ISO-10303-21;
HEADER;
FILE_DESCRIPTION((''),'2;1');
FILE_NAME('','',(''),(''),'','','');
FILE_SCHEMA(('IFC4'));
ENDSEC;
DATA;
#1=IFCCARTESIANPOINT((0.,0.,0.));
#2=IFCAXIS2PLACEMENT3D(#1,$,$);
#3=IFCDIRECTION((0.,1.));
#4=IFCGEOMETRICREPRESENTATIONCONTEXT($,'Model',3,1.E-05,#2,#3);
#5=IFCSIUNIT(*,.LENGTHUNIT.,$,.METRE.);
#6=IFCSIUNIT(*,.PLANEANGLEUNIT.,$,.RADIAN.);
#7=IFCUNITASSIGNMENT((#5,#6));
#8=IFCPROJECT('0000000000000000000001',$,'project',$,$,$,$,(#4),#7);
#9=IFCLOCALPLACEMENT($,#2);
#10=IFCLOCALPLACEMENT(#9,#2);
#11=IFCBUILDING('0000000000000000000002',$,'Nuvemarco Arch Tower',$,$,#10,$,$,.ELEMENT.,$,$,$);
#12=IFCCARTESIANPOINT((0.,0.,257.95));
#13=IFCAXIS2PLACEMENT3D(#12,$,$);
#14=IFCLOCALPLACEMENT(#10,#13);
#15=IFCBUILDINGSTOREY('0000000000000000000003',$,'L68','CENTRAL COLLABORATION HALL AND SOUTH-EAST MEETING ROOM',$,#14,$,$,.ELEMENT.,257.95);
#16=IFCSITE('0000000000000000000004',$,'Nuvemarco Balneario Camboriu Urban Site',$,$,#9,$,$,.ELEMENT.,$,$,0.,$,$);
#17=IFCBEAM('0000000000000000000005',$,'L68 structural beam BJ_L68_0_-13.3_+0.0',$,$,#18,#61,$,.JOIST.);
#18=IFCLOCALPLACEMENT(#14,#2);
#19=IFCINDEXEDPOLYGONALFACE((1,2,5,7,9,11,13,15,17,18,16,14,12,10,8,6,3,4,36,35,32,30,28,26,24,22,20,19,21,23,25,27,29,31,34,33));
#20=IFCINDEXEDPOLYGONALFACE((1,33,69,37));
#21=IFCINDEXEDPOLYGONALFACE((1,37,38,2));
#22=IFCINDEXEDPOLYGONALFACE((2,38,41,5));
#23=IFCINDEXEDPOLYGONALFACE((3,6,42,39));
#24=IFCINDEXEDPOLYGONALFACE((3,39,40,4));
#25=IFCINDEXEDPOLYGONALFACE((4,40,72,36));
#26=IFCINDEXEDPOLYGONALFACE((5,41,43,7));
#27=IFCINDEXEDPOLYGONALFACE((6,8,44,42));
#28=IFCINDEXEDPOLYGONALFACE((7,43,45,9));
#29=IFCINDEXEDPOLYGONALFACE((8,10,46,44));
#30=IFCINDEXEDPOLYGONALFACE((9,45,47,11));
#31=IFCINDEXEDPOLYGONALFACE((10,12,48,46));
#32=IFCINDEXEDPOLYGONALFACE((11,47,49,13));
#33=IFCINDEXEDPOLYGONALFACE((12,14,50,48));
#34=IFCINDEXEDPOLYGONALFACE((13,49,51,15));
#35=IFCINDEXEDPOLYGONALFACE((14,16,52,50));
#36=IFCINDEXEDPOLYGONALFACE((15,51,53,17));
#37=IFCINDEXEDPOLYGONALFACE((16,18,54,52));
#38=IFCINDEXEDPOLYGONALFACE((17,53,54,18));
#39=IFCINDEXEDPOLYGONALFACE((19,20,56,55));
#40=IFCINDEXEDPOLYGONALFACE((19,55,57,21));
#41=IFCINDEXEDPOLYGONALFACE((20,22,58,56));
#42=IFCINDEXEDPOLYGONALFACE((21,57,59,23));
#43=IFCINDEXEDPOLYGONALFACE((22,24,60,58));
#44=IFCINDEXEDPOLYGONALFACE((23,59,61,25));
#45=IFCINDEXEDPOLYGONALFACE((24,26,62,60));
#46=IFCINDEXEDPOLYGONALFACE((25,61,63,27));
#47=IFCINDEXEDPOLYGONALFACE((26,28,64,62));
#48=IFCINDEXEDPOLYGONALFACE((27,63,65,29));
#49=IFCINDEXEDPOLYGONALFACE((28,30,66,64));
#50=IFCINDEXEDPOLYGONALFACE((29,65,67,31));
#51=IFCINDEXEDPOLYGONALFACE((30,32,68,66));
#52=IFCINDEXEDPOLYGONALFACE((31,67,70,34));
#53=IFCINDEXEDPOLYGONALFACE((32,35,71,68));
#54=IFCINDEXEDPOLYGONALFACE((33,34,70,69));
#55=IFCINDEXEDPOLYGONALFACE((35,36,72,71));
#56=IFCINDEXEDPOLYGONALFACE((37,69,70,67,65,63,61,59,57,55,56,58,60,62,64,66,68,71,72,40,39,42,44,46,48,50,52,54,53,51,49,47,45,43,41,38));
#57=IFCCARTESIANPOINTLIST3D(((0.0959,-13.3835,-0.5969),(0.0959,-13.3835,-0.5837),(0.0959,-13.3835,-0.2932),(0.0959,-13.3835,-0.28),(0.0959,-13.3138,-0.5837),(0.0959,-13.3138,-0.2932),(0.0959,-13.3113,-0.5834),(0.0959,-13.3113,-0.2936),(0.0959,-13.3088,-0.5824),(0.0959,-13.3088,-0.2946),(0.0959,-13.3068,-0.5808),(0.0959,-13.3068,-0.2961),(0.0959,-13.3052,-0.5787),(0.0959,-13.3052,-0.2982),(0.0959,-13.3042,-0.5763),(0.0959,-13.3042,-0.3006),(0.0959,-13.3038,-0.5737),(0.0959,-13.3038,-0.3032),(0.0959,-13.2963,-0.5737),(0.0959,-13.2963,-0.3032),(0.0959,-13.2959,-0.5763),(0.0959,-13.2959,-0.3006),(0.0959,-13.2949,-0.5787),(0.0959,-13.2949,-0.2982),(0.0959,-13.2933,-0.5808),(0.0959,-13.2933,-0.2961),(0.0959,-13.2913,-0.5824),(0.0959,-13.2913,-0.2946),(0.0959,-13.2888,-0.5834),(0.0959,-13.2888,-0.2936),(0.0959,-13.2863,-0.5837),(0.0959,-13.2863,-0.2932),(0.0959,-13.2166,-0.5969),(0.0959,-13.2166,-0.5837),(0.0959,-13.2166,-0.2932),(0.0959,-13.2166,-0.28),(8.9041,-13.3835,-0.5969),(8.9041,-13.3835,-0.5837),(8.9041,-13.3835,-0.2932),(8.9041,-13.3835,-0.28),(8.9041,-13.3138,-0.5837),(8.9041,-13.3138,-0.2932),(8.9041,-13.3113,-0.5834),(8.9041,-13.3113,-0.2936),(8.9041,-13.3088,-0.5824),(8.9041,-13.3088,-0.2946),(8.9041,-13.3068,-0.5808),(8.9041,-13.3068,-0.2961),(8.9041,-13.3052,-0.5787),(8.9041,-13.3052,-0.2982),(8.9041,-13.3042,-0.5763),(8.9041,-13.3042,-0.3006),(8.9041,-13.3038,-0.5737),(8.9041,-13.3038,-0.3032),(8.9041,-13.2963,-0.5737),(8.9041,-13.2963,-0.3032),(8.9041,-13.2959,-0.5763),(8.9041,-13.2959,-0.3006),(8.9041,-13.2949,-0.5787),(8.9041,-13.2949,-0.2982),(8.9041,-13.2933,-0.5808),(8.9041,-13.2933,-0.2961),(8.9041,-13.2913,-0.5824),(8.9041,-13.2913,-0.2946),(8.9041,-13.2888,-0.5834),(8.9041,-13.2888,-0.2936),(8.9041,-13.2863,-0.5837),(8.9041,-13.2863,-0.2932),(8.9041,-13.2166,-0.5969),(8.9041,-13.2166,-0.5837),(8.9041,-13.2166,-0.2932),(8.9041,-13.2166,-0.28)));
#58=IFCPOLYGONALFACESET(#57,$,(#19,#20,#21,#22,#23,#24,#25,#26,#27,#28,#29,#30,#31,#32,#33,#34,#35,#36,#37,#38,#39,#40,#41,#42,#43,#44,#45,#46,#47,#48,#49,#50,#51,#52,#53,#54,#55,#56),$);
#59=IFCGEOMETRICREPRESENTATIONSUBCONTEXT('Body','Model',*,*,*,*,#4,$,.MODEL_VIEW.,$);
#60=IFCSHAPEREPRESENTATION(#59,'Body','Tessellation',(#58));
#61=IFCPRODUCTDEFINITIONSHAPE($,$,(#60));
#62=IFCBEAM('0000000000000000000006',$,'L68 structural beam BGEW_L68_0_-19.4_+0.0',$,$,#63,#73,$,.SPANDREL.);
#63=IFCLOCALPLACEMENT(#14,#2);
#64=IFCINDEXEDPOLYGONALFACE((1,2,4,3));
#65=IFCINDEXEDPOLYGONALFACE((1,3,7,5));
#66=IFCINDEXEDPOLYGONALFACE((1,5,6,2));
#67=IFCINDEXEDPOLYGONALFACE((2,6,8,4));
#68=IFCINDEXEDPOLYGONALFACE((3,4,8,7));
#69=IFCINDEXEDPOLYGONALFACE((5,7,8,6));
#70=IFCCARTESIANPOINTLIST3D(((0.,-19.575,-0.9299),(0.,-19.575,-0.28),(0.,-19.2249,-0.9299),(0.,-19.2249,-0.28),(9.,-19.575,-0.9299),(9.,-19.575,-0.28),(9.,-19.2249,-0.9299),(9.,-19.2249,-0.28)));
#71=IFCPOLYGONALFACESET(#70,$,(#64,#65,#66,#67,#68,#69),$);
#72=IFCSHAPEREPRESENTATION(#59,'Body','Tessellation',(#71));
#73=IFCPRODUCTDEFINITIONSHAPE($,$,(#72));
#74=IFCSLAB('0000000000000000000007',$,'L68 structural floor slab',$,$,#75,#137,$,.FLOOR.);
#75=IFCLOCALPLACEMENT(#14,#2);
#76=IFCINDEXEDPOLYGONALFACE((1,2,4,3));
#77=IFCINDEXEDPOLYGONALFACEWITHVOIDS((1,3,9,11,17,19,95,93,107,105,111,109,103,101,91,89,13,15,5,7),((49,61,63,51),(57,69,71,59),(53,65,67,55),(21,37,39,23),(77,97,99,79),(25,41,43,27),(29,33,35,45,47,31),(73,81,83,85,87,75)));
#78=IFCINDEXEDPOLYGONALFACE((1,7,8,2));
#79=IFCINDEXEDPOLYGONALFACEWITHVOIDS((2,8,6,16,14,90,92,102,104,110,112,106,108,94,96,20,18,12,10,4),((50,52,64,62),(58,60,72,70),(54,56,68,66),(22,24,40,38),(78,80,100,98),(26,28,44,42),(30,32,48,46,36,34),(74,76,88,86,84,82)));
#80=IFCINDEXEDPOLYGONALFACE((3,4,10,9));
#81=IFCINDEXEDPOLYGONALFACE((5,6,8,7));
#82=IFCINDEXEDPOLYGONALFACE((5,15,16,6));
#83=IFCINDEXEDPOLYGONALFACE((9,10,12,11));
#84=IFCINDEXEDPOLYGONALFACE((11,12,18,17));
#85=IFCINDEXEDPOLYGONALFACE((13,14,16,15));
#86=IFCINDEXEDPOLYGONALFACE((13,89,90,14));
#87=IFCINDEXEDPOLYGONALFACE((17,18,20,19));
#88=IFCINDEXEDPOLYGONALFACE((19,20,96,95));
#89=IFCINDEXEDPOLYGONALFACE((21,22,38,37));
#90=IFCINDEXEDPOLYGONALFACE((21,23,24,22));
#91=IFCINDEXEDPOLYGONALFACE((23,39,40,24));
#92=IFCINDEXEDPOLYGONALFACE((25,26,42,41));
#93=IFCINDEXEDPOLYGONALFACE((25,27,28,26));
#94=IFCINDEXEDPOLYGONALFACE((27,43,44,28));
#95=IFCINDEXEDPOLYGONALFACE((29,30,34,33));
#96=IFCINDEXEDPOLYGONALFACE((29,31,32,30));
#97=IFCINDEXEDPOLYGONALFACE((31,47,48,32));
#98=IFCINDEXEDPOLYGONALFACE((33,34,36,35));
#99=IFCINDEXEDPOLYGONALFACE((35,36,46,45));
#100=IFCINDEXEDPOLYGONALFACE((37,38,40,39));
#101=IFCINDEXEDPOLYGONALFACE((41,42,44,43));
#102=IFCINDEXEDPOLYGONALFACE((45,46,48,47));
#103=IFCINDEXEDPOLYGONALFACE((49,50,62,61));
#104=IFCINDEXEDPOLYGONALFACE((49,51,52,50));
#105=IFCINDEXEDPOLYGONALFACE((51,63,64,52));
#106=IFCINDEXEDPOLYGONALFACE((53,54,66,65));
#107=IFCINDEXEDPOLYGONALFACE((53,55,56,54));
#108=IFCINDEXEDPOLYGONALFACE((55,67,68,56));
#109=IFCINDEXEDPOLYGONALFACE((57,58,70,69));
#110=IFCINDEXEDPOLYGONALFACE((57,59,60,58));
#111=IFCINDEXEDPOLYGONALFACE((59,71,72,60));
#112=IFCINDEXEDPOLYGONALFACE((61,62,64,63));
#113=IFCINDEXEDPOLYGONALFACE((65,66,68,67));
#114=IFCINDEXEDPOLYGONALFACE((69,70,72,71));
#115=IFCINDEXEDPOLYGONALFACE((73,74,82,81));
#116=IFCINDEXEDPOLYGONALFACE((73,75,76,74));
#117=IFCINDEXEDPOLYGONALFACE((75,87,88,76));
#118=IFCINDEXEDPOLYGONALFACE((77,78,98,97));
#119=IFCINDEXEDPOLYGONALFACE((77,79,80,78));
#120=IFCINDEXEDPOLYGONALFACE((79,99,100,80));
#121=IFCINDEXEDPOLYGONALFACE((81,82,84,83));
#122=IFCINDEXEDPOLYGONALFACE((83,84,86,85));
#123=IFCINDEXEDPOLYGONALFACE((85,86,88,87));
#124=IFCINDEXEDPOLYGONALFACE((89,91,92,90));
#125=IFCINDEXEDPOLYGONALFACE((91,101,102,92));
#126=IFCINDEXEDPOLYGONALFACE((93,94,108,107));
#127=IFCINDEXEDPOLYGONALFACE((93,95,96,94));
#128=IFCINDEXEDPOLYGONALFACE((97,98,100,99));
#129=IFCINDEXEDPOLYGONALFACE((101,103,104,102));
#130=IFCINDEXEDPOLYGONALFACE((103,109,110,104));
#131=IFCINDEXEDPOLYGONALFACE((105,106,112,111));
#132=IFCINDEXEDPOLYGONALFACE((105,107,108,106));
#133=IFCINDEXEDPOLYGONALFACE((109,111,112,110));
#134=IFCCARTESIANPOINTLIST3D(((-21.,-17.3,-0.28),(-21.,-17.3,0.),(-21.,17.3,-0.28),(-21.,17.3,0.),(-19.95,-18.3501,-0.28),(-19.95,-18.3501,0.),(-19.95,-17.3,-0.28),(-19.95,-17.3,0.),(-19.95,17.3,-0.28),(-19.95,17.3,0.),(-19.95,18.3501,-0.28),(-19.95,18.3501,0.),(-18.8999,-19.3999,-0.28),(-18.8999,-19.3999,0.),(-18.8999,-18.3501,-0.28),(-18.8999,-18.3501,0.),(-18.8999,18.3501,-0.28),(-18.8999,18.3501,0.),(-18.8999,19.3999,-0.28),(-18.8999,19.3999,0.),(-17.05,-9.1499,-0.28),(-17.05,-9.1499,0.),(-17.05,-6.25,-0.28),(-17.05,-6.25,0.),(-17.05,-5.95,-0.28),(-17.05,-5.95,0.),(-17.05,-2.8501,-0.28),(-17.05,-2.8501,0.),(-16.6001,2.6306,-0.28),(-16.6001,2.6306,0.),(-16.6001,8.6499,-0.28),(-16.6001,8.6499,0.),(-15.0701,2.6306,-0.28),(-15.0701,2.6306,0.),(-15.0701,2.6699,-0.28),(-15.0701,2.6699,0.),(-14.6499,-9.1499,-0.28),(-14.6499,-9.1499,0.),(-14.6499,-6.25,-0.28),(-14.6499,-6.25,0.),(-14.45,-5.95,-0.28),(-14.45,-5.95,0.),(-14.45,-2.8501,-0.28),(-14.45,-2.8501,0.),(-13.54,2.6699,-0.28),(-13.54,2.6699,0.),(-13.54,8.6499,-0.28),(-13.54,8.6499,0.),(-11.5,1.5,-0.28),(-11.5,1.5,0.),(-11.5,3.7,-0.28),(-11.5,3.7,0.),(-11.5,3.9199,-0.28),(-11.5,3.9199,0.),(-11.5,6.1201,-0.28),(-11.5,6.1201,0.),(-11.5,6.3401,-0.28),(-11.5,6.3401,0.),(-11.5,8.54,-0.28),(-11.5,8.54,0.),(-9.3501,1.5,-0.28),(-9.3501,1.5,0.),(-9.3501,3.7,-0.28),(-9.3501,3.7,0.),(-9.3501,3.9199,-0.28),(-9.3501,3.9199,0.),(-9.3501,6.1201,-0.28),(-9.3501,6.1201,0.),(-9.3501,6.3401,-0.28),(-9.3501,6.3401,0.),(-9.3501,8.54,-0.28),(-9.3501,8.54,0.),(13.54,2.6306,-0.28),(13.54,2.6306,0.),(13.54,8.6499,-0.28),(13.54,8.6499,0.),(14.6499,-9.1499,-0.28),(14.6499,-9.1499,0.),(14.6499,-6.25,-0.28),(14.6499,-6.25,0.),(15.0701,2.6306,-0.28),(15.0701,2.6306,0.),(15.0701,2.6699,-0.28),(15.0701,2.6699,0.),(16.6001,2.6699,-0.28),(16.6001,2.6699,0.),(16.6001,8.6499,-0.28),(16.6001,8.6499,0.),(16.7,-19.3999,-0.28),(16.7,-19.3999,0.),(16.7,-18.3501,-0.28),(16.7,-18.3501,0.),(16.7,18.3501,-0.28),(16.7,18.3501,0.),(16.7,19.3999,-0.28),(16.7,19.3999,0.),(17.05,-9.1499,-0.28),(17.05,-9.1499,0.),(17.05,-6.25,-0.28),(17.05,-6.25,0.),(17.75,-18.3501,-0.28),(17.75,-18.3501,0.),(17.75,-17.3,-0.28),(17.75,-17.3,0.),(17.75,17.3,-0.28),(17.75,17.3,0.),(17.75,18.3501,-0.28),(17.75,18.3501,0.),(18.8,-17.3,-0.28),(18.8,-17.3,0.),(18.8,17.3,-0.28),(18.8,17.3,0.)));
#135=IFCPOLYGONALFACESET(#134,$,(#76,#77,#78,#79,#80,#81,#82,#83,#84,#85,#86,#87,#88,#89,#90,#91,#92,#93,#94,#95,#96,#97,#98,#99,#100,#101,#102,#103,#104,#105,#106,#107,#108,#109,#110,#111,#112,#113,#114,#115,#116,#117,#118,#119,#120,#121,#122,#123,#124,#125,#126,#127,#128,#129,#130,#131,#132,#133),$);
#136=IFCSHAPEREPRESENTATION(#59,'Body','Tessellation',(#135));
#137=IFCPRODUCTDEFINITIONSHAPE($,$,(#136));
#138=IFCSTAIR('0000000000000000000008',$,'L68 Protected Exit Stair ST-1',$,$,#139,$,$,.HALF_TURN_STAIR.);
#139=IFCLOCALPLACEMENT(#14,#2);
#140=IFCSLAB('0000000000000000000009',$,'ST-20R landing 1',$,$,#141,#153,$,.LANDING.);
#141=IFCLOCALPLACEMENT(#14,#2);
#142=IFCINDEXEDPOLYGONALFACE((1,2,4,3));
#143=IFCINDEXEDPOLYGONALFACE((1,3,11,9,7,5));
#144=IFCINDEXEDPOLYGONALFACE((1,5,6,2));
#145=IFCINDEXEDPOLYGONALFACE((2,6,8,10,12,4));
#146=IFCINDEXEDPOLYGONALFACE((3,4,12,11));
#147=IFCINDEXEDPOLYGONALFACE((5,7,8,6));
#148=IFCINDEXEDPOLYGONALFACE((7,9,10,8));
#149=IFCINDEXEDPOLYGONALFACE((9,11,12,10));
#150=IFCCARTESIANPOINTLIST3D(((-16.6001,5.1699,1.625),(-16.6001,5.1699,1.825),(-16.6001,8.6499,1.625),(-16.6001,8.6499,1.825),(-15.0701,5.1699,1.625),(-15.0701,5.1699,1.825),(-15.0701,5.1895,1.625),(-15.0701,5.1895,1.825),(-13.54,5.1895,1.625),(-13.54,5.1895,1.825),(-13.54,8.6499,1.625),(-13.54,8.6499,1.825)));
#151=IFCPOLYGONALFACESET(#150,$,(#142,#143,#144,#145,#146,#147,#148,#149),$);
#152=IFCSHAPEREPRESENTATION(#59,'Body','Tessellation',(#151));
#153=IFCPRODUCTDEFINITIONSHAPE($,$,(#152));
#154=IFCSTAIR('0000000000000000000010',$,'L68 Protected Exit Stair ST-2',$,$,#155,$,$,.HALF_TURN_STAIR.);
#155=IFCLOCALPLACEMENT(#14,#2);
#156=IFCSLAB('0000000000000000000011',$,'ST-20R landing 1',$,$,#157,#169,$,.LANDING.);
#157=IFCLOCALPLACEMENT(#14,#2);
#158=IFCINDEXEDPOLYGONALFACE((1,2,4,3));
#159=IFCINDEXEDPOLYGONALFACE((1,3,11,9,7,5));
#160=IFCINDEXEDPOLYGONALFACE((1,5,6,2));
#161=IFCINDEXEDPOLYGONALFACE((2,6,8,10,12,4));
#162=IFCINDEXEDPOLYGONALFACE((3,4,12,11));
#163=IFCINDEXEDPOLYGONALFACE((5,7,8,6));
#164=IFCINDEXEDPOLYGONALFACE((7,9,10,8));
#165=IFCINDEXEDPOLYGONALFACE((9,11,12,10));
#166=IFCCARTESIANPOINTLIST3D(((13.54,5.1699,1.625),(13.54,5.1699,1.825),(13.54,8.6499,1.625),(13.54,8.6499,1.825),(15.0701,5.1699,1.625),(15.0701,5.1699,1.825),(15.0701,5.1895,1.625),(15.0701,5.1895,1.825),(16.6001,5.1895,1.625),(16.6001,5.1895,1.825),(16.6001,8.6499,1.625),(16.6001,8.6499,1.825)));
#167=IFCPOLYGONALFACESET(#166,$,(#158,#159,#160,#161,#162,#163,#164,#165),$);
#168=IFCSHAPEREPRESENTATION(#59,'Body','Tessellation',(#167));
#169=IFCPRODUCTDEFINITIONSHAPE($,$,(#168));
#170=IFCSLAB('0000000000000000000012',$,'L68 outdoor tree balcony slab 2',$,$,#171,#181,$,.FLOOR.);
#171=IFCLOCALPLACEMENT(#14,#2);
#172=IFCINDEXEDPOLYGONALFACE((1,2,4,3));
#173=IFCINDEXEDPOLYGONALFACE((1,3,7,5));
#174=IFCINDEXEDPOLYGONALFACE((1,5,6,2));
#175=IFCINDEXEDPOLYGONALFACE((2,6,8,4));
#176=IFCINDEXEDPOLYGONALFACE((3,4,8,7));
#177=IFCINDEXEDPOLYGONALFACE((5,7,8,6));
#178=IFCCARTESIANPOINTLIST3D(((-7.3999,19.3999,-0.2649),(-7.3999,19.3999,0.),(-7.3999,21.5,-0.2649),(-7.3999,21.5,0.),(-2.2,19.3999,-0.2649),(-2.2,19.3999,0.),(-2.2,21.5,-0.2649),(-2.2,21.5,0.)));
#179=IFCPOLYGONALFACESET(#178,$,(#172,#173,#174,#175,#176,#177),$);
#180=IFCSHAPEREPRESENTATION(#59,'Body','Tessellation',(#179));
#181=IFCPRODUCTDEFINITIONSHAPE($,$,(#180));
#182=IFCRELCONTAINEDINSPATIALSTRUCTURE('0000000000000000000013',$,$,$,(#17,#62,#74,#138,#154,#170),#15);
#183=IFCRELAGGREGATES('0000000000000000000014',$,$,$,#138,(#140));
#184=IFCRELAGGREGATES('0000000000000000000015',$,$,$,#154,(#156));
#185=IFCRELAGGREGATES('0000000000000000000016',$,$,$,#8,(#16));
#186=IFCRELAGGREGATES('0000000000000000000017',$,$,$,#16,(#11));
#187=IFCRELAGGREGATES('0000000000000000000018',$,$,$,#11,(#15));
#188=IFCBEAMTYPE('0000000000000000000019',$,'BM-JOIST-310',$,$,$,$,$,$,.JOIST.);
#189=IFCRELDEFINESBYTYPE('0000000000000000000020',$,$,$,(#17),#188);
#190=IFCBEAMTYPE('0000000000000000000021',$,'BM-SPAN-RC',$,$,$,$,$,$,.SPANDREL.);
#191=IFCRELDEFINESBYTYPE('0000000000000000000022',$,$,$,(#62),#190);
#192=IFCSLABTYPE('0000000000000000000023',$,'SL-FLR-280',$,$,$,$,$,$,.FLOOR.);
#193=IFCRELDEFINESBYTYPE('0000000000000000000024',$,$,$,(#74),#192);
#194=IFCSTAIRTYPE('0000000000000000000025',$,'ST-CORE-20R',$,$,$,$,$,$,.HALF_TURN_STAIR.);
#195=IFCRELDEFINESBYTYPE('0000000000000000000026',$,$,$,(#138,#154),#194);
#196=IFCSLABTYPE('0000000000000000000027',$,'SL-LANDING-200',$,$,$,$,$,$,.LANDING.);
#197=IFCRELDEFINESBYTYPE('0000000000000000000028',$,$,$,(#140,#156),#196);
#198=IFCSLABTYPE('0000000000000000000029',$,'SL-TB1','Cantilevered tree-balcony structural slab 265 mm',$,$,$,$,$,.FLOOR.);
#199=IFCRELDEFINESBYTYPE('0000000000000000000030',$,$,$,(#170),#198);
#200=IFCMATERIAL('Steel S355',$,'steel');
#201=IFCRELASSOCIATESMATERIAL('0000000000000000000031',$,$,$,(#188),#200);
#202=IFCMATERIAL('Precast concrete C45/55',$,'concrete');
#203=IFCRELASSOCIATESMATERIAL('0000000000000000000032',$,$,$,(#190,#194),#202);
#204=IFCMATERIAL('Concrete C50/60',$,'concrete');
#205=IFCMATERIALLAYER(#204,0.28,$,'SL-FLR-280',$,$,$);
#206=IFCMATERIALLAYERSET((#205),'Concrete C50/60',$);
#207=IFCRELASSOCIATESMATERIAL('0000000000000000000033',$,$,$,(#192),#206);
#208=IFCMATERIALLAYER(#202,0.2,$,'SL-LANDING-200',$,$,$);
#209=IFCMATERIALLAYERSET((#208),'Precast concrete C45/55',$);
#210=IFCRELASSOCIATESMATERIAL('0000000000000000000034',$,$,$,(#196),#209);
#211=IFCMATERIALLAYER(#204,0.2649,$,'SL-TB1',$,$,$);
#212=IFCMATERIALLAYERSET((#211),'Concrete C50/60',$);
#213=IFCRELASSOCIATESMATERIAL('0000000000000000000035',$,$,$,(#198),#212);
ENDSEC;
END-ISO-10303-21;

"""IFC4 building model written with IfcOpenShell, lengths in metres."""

from ifc_helpers import new_model, si_unit, direction, frame, origin, origin_2d, place, context, subcontext, project, spatial, polyline, rectangle, i_section, outline, extrude, material, layer, layer_set, material_profile, profile_set, type_object, element, aggregate, save


model = new_model("IFC4")

# Units and contexts
model_context = context("Model", 3, precision=1e-05, world=origin(), true_north=direction((0.0, 1.0)))
body_context = subcontext(model_context, "Body", "Model", "MODEL_VIEW")
ifc_project = project(units=[si_unit("LENGTHUNIT", "METRE"), si_unit("PLANEANGLEUNIT", "RADIAN")], contexts=[model_context])

# Site, building, storey
site_placement = place(None, origin())
site = spatial("IfcSite", under=ifc_project, at=site_placement, Name="Nuvemarco Balneario Camboriu Urban Site", CompositionType="ELEMENT", RefElevation=0.0)
building_placement = place(site_placement, origin())
building = spatial("IfcBuilding", under=site, at=building_placement, Name="Nuvemarco Arch Tower", CompositionType="ELEMENT")
storey_placement = place(building_placement, frame((0.0, 0.0, 257.95)))
storey = spatial("IfcBuildingStorey", under=building, at=storey_placement, Name="L68", Description="CENTRAL COLLABORATION HALL AND SOUTH-EAST MEETING ROOM", CompositionType="ELEMENT", Elevation=257.95)

# Shared definitions
ifc_material_1 = material(Name="Steel S355", Category="steel")

# Beams
ifc_material_profile_1 = material_profile(ifc_material_1, i_section(OverallWidth=0.167, OverallDepth=0.3169, WebThickness=0.0076, FlangeThickness=0.0132, FilletRadius=0.01, at=origin_2d()), Name="W310x52")
ifc_profile_set_1 = profile_set([ifc_material_profile_1], Name="Steel S355")
beam_type_1 = type_object("IfcBeamType", Name="BM-JOIST-310", PredefinedType="JOIST", material=ifc_profile_set_1)
beam_1_placement = place(storey_placement, frame((0.0959, -13.3, -0.4385), z_axis=(1.0, 0.0, 0.0), x_axis=(0.0, 1.0, 0.0)))
element("IfcBeam", 1, at=beam_1_placement, inside=storey, type_object=beam_type_1, Name="L68 structural beam BJ_L68_0_-13.3_+0.0", PredefinedType="JOIST", context=body_context, shape_type="SweptSolid", body=[
    extrude(i_section(OverallWidth=0.167, OverallDepth=0.3169, WebThickness=0.0076, FlangeThickness=0.0132, FilletRadius=0.01, at=origin_2d()), origin(), (0.0, 0.0, 1.0), 8.8081),
])
ifc_material_2 = material(Name="Precast concrete C45/55", Category="concrete")
ifc_material_profile_2 = material_profile(ifc_material_2, rectangle(XDim=0.3501, YDim=0.6499, at=origin_2d()), Name="PC-SP-350x650")
ifc_profile_set_2 = profile_set([ifc_material_profile_2], Name="Precast concrete C45/55")
beam_type_2 = type_object("IfcBeamType", Name="BM-SPAN-RC", PredefinedType="SPANDREL", material=ifc_profile_set_2)
beam_2_placement = place(storey_placement, frame((0.0, -19.3999, -0.605), z_axis=(1.0, 0.0, 0.0), x_axis=(0.0, 1.0, 0.0)))
element("IfcBeam", 2, at=beam_2_placement, inside=storey, type_object=beam_type_2, Name="L68 structural beam BGEW_L68_0_-19.4_+0.0", PredefinedType="SPANDREL", context=body_context, shape_type="SweptSolid", body=[
    extrude(rectangle(XDim=0.3501, YDim=0.6499, at=origin_2d()), origin(), (0.0, 0.0, 1.0), 9.0),
])

# Slab
ifc_material_3 = material(Name="Concrete C50/60", Category="concrete")
ifc_layer_1 = layer(ifc_material_3, 0.28, Name="SL-FLR-280")
ifc_layer_set_1 = layer_set([ifc_layer_1], Name="Concrete C50/60")
slab_type_1 = type_object("IfcSlabType", Name="SL-FLR-280", PredefinedType="FLOOR", material=ifc_layer_set_1)
slab_1_placement = place(storey_placement, frame((0.0, 0.0, -0.28)))
element("IfcSlab", 3, at=slab_1_placement, inside=storey, type_object=slab_type_1, Name="L68 structural floor slab", PredefinedType="FLOOR", context=body_context, shape_type="SweptSolid", body=[
    extrude(outline(polyline([(-18.8999, -19.3999), (16.7, -19.3999), (16.7, -18.3501), (17.75, -18.3501), (17.75, -17.3), (18.8, -17.3), (18.8, 17.3), (17.75, 17.3), (17.75, 18.3501), (16.7, 18.3501), (16.7, 19.3999), (-18.8999, 19.3999), (-18.8999, 18.3501), (-19.95, 18.3501), (-19.95, 17.3), (-21.0, 17.3), (-21.0, -17.3), (-19.95, -17.3), (-19.95, -18.3501), (-18.8999, -18.3501), (-18.8999, -19.3999)]), holes=[polyline([(-13.54, 2.6699), (-13.54, 8.6499), (-16.6001, 8.6499), (-16.6001, 2.6306), (-15.0701, 2.6306), (-15.0701, 2.6699), (-13.54, 2.6699)]), polyline([(16.6001, 2.6699), (16.6001, 8.6499), (13.54, 8.6499), (13.54, 2.6306), (15.0701, 2.6306), (15.0701, 2.6699), (16.6001, 2.6699)]), polyline([(-17.05, -9.1499), (-14.6499, -9.1499), (-14.6499, -6.25), (-17.05, -6.25), (-17.05, -9.1499)]), polyline([(-17.05, -5.95), (-14.45, -5.95), (-14.45, -2.8501), (-17.05, -2.8501), (-17.05, -5.95)]), polyline([(-11.5, 1.5), (-9.3501, 1.5), (-9.3501, 3.7), (-11.5, 3.7), (-11.5, 1.5)]), polyline([(-11.5, 3.9199), (-9.3501, 3.9199), (-9.3501, 6.1201), (-11.5, 6.1201), (-11.5, 3.9199)]), polyline([(-11.5, 6.3401), (-9.3501, 6.3401), (-9.3501, 8.54), (-11.5, 8.54), (-11.5, 6.3401)]), polyline([(14.6499, -9.1499), (17.05, -9.1499), (17.05, -6.25), (14.6499, -6.25), (14.6499, -9.1499)])]), origin(), (0.0, 0.0, 1.0), 0.28),
])

# Stairs, slabs
stair_type = type_object("IfcStairType", Name="ST-CORE-20R", PredefinedType="HALF_TURN_STAIR", material=ifc_material_2)
stair_1_placement = place(storey_placement, origin())
stair_1 = element("IfcStair", 4, at=stair_1_placement, inside=storey, type_object=stair_type, Name="L68 Protected Exit Stair ST-1", PredefinedType="HALF_TURN_STAIR")
ifc_layer_2 = layer(ifc_material_2, 0.2, Name="SL-LANDING-200")
ifc_layer_set_2 = layer_set([ifc_layer_2], Name="Precast concrete C45/55")
slab_type_2 = type_object("IfcSlabType", Name="SL-LANDING-200", PredefinedType="LANDING", material=ifc_layer_set_2)
slab_2_placement = place(storey_placement, frame((0.0, 0.0, 1.625)))
slab_2 = element("IfcSlab", 5, at=slab_2_placement, type_object=slab_type_2, Name="ST-20R landing 1", PredefinedType="LANDING", context=body_context, shape_type="SweptSolid", body=[
    extrude(outline(polyline([(-13.54, 5.1895), (-13.54, 8.6499), (-16.6001, 8.6499), (-16.6001, 5.1699), (-15.0701, 5.1699), (-15.0701, 5.1895), (-13.54, 5.1895)])), origin(), (0.0, 0.0, 1.0), 0.2),
])
aggregate(stair_1, [slab_2])
stair_2_placement = place(storey_placement, origin())
stair_2 = element("IfcStair", 6, at=stair_2_placement, inside=storey, type_object=stair_type, Name="L68 Protected Exit Stair ST-2", PredefinedType="HALF_TURN_STAIR")
slab_3_placement = place(storey_placement, frame((0.0, 0.0, 1.625)))
slab_3 = element("IfcSlab", 7, at=slab_3_placement, type_object=slab_type_2, Name="ST-20R landing 1", PredefinedType="LANDING", context=body_context, shape_type="SweptSolid", body=[
    extrude(outline(polyline([(16.6001, 5.1895), (16.6001, 8.6499), (13.54, 8.6499), (13.54, 5.1699), (15.0701, 5.1699), (15.0701, 5.1895), (16.6001, 5.1895)])), origin(), (0.0, 0.0, 1.0), 0.2),
])
aggregate(stair_2, [slab_3])

# Slab
ifc_layer_3 = layer(ifc_material_3, 0.2649, Name="SL-TB1")
ifc_layer_set_3 = layer_set([ifc_layer_3], Name="Concrete C50/60")
slab_type_3 = type_object("IfcSlabType", Name="SL-TB1", Description="Cantilevered tree-balcony structural slab 265 mm", PredefinedType="FLOOR", material=ifc_layer_set_3)
slab_4_placement = place(storey_placement, frame((0.0, 0.0, -0.2649)))
element("IfcSlab", 8, at=slab_4_placement, inside=storey, type_object=slab_type_3, Name="L68 outdoor tree balcony slab 2", PredefinedType="FLOOR", context=body_context, shape_type="SweptSolid", body=[
    extrude(outline(polyline([(-7.3999, 19.3999), (-2.2, 19.3999), (-2.2, 21.5), (-7.3999, 21.5), (-7.3999, 19.3999)])), origin(), (0.0, 0.0, 1.0), 0.2649),
])

save(model, "model.ifc")
